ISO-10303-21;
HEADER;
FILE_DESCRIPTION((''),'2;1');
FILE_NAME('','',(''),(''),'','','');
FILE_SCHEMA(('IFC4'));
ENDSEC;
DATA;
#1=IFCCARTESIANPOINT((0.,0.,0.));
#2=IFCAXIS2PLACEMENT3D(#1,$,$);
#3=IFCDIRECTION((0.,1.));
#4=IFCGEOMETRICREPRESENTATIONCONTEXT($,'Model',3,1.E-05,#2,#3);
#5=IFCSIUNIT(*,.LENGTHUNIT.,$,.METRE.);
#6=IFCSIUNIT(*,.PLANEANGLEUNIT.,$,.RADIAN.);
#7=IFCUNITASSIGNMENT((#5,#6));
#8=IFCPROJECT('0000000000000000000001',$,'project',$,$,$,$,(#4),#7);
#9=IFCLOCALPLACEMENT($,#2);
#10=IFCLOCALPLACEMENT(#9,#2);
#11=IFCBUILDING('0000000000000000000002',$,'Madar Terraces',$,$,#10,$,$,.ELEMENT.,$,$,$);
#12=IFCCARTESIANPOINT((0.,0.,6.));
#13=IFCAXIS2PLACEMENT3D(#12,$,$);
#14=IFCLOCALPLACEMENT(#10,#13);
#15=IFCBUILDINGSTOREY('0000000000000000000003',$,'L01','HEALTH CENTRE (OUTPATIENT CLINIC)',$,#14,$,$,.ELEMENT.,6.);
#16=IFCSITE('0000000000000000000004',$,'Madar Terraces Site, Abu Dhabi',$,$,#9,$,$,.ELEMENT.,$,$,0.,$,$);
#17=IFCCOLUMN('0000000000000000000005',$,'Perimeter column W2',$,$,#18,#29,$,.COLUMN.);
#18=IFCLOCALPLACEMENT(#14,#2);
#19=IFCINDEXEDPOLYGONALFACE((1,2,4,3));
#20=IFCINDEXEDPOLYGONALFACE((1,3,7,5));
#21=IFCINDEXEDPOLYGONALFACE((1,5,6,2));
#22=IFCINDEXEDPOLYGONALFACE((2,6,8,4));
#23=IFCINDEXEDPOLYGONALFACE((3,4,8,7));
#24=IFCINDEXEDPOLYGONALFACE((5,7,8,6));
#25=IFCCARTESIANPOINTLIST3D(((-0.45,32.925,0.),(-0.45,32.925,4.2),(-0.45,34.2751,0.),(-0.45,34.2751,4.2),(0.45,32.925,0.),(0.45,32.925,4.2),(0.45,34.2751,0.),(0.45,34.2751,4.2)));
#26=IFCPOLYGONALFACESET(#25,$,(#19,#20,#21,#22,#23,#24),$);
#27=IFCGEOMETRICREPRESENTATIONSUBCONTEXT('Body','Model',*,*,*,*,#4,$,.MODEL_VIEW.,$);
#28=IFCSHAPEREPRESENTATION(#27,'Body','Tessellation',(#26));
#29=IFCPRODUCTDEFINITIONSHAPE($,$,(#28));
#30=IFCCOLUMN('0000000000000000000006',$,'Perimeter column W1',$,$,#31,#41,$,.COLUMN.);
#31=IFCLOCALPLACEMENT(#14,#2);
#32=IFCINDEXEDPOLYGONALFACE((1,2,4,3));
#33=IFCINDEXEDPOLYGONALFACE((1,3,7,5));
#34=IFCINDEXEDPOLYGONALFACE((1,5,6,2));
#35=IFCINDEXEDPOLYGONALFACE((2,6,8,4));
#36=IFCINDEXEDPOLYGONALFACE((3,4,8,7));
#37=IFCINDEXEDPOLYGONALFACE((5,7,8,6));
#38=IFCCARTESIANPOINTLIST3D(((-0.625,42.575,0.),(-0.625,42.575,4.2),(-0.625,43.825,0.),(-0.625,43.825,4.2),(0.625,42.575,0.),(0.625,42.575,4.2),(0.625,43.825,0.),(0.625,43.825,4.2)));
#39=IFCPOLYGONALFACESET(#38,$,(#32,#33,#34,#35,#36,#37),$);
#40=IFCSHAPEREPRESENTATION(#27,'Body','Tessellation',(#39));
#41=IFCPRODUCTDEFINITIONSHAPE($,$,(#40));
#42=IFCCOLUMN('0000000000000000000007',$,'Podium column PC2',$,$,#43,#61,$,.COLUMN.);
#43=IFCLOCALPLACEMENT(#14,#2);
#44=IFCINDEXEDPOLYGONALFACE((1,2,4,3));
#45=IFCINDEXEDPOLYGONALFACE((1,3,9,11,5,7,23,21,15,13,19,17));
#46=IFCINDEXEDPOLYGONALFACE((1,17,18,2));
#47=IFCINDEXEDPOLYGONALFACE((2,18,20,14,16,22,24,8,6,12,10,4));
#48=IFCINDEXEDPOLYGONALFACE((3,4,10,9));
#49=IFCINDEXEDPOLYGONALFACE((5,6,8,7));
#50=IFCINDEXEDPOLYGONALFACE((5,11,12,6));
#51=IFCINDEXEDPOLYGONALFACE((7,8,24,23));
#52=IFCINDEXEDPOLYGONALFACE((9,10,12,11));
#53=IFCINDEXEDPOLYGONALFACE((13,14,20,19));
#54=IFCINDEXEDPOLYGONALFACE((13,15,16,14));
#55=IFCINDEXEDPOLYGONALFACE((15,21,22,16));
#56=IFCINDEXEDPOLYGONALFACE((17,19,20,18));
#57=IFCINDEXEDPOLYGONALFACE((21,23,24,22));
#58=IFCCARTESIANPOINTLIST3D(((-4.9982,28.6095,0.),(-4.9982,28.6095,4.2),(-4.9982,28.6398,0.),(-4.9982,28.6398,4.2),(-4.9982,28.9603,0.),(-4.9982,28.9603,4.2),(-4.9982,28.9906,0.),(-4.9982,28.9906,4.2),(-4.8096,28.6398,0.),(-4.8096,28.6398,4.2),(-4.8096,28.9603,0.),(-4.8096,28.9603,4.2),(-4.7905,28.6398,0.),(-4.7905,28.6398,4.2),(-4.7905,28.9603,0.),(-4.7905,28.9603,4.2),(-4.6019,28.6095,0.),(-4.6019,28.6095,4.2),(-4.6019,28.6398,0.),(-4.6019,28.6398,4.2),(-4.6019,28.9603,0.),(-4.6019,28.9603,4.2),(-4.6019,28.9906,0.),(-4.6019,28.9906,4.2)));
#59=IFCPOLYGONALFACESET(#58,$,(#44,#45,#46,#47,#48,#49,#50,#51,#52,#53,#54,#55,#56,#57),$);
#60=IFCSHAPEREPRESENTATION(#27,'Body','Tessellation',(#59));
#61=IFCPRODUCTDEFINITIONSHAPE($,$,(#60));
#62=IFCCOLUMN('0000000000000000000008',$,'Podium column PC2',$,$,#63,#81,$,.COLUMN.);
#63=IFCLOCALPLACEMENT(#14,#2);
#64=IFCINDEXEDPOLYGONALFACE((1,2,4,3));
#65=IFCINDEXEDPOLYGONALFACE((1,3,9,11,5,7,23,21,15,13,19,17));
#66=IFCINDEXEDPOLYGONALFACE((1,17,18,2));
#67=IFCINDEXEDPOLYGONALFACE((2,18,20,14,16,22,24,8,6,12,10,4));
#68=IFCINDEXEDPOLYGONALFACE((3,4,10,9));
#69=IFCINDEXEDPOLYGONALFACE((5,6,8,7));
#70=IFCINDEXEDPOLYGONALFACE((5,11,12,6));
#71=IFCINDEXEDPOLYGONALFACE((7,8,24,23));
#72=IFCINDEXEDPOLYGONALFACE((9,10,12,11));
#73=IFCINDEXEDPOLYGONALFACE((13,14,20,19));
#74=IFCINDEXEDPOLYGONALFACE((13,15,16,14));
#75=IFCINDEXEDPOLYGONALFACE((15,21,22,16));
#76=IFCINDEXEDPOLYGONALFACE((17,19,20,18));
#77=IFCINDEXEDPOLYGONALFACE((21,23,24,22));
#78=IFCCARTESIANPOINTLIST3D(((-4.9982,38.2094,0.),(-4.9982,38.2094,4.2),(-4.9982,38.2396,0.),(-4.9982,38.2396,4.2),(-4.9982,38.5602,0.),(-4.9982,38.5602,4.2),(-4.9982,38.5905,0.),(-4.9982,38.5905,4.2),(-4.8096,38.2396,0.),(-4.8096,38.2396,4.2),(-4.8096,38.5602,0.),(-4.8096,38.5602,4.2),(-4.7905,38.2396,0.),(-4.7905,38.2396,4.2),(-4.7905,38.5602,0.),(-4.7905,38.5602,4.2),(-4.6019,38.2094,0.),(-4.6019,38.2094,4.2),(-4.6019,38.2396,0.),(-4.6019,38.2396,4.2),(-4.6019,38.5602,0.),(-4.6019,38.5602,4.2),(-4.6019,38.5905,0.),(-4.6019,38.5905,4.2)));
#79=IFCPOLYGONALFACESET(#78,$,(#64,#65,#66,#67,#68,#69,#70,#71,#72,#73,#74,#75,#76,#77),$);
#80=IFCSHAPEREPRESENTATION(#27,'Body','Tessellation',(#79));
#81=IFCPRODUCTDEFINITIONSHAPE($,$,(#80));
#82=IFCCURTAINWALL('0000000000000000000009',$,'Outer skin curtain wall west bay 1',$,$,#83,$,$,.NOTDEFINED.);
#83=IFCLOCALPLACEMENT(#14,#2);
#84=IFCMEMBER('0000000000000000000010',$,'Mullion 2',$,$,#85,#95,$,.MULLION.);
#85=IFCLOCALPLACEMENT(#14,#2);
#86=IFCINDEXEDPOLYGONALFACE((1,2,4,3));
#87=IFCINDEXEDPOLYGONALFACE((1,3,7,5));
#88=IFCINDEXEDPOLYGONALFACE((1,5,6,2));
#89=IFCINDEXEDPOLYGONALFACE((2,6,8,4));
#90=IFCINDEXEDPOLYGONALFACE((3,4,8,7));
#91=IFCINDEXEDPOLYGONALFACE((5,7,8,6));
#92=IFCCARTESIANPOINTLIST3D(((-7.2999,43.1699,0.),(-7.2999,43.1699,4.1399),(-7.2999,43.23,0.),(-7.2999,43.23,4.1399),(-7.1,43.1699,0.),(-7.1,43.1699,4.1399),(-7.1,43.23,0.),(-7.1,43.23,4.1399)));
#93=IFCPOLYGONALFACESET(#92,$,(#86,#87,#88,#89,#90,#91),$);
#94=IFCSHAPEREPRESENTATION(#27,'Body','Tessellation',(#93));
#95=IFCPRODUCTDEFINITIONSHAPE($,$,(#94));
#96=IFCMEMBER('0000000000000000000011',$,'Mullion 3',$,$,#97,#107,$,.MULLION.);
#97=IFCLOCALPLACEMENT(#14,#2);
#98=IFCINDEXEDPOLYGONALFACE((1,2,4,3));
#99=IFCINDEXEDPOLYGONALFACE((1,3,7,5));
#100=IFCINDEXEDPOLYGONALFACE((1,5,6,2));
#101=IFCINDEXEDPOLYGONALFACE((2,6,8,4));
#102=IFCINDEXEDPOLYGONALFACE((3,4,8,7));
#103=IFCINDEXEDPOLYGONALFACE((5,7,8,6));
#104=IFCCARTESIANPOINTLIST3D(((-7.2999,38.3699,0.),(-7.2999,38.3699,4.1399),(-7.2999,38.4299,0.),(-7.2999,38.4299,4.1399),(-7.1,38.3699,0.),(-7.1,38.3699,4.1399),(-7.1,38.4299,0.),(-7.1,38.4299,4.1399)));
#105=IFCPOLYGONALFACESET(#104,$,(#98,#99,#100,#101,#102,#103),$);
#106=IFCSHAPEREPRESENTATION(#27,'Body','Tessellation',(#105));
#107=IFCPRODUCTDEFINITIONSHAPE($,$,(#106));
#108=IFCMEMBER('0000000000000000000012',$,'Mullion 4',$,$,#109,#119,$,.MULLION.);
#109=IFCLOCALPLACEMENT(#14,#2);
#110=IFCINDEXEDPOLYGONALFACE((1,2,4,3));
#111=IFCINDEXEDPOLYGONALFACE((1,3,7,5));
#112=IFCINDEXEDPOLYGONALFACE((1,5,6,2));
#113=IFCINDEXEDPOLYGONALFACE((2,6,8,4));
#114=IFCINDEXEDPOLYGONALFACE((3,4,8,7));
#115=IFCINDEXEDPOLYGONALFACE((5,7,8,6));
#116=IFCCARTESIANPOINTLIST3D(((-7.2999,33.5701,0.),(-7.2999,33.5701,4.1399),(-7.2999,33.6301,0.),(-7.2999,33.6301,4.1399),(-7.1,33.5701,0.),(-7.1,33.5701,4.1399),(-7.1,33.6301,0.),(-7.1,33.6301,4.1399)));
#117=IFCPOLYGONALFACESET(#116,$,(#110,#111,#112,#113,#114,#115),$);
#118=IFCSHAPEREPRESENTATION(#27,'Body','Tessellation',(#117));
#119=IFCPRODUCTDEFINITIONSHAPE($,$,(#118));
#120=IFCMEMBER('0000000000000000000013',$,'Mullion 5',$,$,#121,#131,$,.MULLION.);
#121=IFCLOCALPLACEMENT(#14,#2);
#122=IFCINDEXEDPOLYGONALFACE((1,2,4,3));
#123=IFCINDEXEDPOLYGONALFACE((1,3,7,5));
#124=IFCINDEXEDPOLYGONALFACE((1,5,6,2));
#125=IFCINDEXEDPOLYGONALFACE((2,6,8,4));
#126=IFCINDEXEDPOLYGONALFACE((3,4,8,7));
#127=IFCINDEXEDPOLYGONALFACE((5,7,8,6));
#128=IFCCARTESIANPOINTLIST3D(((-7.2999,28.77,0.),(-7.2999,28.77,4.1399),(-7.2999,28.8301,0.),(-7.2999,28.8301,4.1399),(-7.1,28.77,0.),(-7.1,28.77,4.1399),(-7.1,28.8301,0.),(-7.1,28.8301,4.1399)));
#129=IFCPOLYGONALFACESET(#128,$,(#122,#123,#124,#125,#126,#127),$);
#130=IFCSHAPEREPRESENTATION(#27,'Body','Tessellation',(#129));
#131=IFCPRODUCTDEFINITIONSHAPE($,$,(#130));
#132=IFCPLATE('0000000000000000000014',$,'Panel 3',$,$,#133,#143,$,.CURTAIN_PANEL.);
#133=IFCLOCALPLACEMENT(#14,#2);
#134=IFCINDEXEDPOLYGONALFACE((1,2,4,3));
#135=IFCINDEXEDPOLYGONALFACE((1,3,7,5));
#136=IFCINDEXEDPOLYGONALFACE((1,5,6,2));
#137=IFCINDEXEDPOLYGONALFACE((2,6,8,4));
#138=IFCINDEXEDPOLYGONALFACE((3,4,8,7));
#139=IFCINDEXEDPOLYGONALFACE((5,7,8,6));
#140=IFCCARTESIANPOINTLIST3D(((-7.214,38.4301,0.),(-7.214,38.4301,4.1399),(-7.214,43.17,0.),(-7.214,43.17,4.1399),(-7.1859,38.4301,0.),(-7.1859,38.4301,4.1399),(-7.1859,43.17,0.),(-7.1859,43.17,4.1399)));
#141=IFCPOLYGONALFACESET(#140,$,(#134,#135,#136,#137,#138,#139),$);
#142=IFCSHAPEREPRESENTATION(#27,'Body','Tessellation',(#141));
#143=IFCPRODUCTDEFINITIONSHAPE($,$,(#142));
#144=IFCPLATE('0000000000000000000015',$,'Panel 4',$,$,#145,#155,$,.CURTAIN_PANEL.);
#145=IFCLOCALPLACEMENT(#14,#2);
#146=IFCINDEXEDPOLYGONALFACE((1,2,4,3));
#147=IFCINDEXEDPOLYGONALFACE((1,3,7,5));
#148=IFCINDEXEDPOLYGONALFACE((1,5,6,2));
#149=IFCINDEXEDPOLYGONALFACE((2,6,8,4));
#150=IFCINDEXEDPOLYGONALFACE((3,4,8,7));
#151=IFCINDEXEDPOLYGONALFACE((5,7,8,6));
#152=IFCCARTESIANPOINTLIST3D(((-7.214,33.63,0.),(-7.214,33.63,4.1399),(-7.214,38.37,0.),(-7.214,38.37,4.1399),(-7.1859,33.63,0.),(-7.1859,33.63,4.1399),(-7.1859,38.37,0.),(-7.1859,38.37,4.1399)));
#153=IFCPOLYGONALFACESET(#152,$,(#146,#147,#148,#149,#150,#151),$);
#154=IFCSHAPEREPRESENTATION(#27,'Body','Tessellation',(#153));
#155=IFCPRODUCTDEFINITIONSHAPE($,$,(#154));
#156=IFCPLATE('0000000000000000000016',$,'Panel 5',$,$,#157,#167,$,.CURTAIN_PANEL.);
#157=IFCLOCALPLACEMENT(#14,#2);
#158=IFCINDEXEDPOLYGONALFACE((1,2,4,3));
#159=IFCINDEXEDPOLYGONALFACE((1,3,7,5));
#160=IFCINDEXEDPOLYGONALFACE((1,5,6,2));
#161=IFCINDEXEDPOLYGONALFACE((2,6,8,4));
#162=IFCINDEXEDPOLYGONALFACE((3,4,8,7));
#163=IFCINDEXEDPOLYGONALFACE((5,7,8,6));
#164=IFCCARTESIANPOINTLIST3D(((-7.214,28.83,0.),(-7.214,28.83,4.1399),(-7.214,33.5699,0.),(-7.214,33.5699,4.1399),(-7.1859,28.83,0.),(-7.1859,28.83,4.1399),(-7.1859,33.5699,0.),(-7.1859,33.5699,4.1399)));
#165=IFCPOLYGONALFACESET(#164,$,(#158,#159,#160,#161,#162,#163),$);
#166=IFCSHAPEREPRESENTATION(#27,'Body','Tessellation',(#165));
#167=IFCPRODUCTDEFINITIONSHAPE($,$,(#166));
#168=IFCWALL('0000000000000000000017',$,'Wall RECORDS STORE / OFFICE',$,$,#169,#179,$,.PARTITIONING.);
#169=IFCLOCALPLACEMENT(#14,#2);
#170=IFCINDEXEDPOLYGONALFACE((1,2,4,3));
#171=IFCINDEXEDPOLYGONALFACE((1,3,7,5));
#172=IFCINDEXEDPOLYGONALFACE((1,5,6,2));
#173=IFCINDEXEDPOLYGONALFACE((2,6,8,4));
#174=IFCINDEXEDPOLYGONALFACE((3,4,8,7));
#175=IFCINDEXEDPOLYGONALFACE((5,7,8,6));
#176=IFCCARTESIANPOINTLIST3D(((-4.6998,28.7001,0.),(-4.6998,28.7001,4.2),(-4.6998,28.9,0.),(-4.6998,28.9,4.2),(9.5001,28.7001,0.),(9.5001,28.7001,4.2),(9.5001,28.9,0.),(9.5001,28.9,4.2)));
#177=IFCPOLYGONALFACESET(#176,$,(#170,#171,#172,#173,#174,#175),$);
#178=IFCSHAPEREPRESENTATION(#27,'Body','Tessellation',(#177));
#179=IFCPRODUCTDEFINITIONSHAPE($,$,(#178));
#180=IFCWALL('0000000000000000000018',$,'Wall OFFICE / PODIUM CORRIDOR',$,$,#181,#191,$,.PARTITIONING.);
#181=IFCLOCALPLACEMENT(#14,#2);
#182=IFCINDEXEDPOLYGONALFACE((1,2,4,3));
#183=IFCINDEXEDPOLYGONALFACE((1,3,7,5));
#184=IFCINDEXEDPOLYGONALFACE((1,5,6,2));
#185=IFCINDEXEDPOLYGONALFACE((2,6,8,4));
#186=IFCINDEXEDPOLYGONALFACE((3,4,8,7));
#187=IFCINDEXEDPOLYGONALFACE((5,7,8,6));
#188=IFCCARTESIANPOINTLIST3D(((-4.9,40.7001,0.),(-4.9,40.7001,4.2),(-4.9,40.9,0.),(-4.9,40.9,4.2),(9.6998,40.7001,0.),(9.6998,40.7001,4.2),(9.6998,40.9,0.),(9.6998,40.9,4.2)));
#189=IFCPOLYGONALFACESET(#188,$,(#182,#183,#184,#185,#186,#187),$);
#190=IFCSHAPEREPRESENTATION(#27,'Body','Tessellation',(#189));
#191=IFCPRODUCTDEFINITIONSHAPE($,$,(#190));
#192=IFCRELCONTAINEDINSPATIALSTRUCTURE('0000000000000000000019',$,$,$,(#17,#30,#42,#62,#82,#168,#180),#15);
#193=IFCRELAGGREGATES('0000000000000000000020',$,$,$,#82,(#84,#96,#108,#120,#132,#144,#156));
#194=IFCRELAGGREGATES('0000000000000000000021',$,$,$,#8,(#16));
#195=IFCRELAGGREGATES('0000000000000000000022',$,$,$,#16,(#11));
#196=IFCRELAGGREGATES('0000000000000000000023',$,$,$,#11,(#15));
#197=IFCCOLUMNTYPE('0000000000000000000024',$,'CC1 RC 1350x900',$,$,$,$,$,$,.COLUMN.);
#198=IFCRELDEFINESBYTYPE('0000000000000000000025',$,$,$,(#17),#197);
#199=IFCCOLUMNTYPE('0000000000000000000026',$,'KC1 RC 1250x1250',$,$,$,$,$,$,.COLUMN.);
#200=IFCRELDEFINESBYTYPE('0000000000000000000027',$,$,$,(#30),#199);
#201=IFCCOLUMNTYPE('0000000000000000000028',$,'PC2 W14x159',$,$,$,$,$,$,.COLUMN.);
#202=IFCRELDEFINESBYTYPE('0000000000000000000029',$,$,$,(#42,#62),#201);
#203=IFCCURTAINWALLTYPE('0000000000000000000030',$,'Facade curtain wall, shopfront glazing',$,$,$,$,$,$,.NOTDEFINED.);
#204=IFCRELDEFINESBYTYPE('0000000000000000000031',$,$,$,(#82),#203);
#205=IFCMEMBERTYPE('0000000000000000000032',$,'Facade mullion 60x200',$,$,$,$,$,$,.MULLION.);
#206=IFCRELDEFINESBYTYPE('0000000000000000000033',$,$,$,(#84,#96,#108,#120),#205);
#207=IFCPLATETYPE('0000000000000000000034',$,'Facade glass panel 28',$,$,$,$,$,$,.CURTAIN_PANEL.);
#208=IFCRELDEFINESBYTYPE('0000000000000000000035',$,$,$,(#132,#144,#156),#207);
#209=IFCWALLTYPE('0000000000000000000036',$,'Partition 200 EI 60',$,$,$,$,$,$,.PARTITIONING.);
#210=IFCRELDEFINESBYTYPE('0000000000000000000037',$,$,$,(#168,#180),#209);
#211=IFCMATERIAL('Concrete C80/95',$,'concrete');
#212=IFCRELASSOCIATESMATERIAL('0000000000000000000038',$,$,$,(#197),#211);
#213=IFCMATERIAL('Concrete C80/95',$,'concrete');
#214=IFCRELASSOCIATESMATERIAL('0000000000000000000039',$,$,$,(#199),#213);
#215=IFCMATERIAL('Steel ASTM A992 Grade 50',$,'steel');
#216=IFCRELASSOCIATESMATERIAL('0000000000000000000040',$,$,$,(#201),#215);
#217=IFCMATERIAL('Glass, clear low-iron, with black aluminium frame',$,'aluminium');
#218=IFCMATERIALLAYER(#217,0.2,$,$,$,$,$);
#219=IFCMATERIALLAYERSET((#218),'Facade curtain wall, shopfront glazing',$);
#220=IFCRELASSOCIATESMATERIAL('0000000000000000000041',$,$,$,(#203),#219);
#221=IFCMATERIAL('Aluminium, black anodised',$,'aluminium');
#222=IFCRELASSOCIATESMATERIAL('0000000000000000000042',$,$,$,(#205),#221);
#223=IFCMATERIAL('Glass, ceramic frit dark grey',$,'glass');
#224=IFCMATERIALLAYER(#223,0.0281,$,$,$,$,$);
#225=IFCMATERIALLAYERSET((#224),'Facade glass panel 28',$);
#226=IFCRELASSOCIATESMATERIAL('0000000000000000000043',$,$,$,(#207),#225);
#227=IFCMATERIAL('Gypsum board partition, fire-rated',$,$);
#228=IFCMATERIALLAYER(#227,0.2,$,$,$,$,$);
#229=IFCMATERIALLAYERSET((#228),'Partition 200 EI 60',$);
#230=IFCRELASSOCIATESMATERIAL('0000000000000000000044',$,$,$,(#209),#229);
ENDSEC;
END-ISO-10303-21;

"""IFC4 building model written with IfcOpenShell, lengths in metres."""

from ifc_helpers import new_model, si_unit, direction, frame, frame_2d, origin, origin_2d, place, context, subcontext, project, spatial, rectangle, i_section, extrude, material, layer, layer_set, material_profile, profile_set, type_object, element, aggregate, save


model = new_model("IFC4")

# Units and contexts
model_context = context("Model", 3, precision=1e-05, world=origin(), true_north=direction((0.0, 1.0)))
body_context = subcontext(model_context, "Body", "Model", "MODEL_VIEW")
ifc_project = project(units=[si_unit("LENGTHUNIT", "METRE"), si_unit("PLANEANGLEUNIT", "RADIAN")], contexts=[model_context])

# Site, building, storey
site_placement = place(None, origin())
site = spatial("IfcSite", under=ifc_project, at=site_placement, Name="Madar Terraces Site, Abu Dhabi", CompositionType="ELEMENT", RefElevation=0.0)
building_placement = place(site_placement, origin())
building = spatial("IfcBuilding", under=site, at=building_placement, Name="Madar Terraces", CompositionType="ELEMENT")
storey_placement = place(building_placement, frame((0.0, 0.0, 6.0)))
storey = spatial("IfcBuildingStorey", under=building, at=storey_placement, Name="L01", Description="HEALTH CENTRE (OUTPATIENT CLINIC)", CompositionType="ELEMENT", Elevation=6.0)

# Columns
ifc_material_1 = material(Name="Concrete C80/95", Category="concrete")
ifc_material_profile_1 = material_profile(ifc_material_1, rectangle(XDim=1.3501, YDim=0.8999, at=origin_2d()), Name="CC1 RC 1350x900")
ifc_profile_set_1 = profile_set([ifc_material_profile_1], Name="Concrete C80/95")
column_type_1 = type_object("IfcColumnType", Name="CC1 RC 1350x900", PredefinedType="COLUMN", material=ifc_profile_set_1)
column_1_placement = place(storey_placement, frame((0.0, 33.6001, 0.0), z_axis=(0.0, 0.0, 1.0), x_axis=(0.0, 1.0, 0.0)))
element("IfcColumn", 1, at=column_1_placement, inside=storey, type_object=column_type_1, Name="Perimeter column W2", PredefinedType="COLUMN", context=body_context, shape_type="SweptSolid", body=[
    extrude(rectangle(XDim=1.3501, YDim=0.8999, at=origin_2d()), origin(), (0.0, 0.0, 1.0), 4.2),
])
ifc_material_2 = material(Name="Concrete C80/95", Category="concrete")
ifc_material_profile_2 = material_profile(ifc_material_2, rectangle(XDim=1.25, YDim=1.25, at=origin_2d()), Name="KC1 RC 1250x1250")
ifc_profile_set_2 = profile_set([ifc_material_profile_2], Name="Concrete C80/95")
column_type_2 = type_object("IfcColumnType", Name="KC1 RC 1250x1250", PredefinedType="COLUMN", material=ifc_profile_set_2)
column_2_placement = place(storey_placement, frame((0.0, 43.2, 0.0), z_axis=(0.0, 0.0, 1.0), x_axis=(1.0, 0.0, 0.0)))
element("IfcColumn", 2, at=column_2_placement, inside=storey, type_object=column_type_2, Name="Perimeter column W1", PredefinedType="COLUMN", context=body_context, shape_type="SweptSolid", body=[
    extrude(rectangle(XDim=1.25, YDim=1.25, at=origin_2d()), origin(), (0.0, 0.0, 1.0), 4.2),
])
ifc_material_3 = material(Name="Steel ASTM A992 Grade 50", Category="steel")
ifc_material_profile_3 = material_profile(ifc_material_3, i_section(OverallWidth=0.3962, OverallDepth=0.3811, WebThickness=0.019, FlangeThickness=0.0303, at=origin_2d()), Name="W14x159")
ifc_profile_set_3 = profile_set([ifc_material_profile_3], Name="Steel ASTM A992 Grade 50")
column_type_3 = type_object("IfcColumnType", Name="PC2 W14x159", PredefinedType="COLUMN", material=ifc_profile_set_3)
for number, where, z_axis, x_axis, name in (
    (3, (-4.8, 28.8, 0.0), (0.0, 0.0, 1.0), (1.0, 0.0, 0.0), "Podium column PC2"),
    (4, (-4.8, 38.3999, 0.0), (0.0, 0.0, 1.0), (1.0, 0.0, 0.0), "Podium column PC2"),
):
    element("IfcColumn", number, at=place(storey_placement, frame(where, z_axis=z_axis, x_axis=x_axis)), inside=storey, type_object=column_type_3, Name=name, PredefinedType="COLUMN", context=body_context, shape_type="SweptSolid", body=[
        extrude(i_section(OverallWidth=0.3962, OverallDepth=0.3811, WebThickness=0.019, FlangeThickness=0.0303, at=origin_2d()), origin(), (0.0, 0.0, 1.0), 4.2),
    ])

# Curtain wall, members, plates
ifc_material_4 = material(Name="Glass, clear low-iron, with black aluminium frame", Category="aluminium")
ifc_layer_1 = layer(ifc_material_4, 0.2)
ifc_layer_set_1 = layer_set([ifc_layer_1], Name="Facade curtain wall, shopfront glazing")
curtain_wall_type = type_object("IfcCurtainWallType", Name="Facade curtain wall, shopfront glazing", PredefinedType="NOTDEFINED", material=ifc_layer_set_1)
curtain_wall_placement = place(storey_placement, origin())
curtain_wall = element("IfcCurtainWall", 5, at=curtain_wall_placement, inside=storey, type_object=curtain_wall_type, Name="Outer skin curtain wall west bay 1", PredefinedType="NOTDEFINED")
ifc_material_5 = material(Name="Aluminium, black anodised", Category="aluminium")
ifc_material_profile_4 = material_profile(ifc_material_5, rectangle(XDim=0.2, YDim=0.0601, at=origin_2d()), Name="Facade mullion 60x200")
ifc_profile_set_4 = profile_set([ifc_material_profile_4], Name="Aluminium, black anodised")
member_type = type_object("IfcMemberType", Name="Facade mullion 60x200", PredefinedType="MULLION", material=ifc_profile_set_4)
member_1_placement = place(storey_placement, frame((-7.2, 43.2, 0.0), z_axis=(0.0, 0.0, 1.0), x_axis=(1.0, 0.0, 0.0)))
member_1 = element("IfcMember", 6, at=member_1_placement, type_object=member_type, Name="Mullion 2", PredefinedType="MULLION", context=body_context, shape_type="SweptSolid", body=[
    extrude(rectangle(XDim=0.2, YDim=0.0601, at=origin_2d()), origin(), (0.0, 0.0, 1.0), 4.1399),
])
member_2_placement = place(storey_placement, frame((-7.2, 38.3999, 0.0), z_axis=(0.0, 0.0, 1.0), x_axis=(1.0, 0.0, 0.0)))
member_2 = element("IfcMember", 7, at=member_2_placement, type_object=member_type, Name="Mullion 3", PredefinedType="MULLION", context=body_context, shape_type="SweptSolid", body=[
    extrude(rectangle(XDim=0.2, YDim=0.0601, at=origin_2d()), origin(), (0.0, 0.0, 1.0), 4.1399),
])
member_3_placement = place(storey_placement, frame((-7.2, 33.6001, 0.0), z_axis=(0.0, 0.0, 1.0), x_axis=(1.0, 0.0, 0.0)))
member_3 = element("IfcMember", 8, at=member_3_placement, type_object=member_type, Name="Mullion 4", PredefinedType="MULLION", context=body_context, shape_type="SweptSolid", body=[
    extrude(rectangle(XDim=0.2, YDim=0.0601, at=origin_2d()), origin(), (0.0, 0.0, 1.0), 4.1399),
])
member_4_placement = place(storey_placement, frame((-7.2, 28.8, 0.0), z_axis=(0.0, 0.0, 1.0), x_axis=(1.0, 0.0, 0.0)))
member_4 = element("IfcMember", 9, at=member_4_placement, type_object=member_type, Name="Mullion 5", PredefinedType="MULLION", context=body_context, shape_type="SweptSolid", body=[
    extrude(rectangle(XDim=0.2, YDim=0.0601, at=origin_2d()), origin(), (0.0, 0.0, 1.0), 4.1399),
])
ifc_material_6 = material(Name="Glass, ceramic frit dark grey", Category="glass")
ifc_layer_2 = layer(ifc_material_6, 0.0281)
ifc_layer_set_2 = layer_set([ifc_layer_2], Name="Facade glass panel 28")
plate_type = type_object("IfcPlateType", Name="Facade glass panel 28", PredefinedType="CURTAIN_PANEL", material=ifc_layer_set_2)
plate_1_placement = place(storey_placement, frame((-7.2, 40.8, 0.0), z_axis=(0.0, 0.0, 1.0), x_axis=(0.0, -1.0, 0.0)))
plate_1 = element("IfcPlate", 10, at=plate_1_placement, type_object=plate_type, Name="Panel 3", PredefinedType="CURTAIN_PANEL", context=body_context, shape_type="SweptSolid", body=[
    extrude(rectangle(XDim=4.74, YDim=0.0281, at=origin_2d()), origin(), (0.0, 0.0, 1.0), 4.1399),
])
plate_2_placement = place(storey_placement, frame((-7.2, 36.0, 0.0), z_axis=(0.0, 0.0, 1.0), x_axis=(0.0, -1.0, 0.0)))
plate_2 = element("IfcPlate", 11, at=plate_2_placement, type_object=plate_type, Name="Panel 4", PredefinedType="CURTAIN_PANEL", context=body_context, shape_type="SweptSolid", body=[
    extrude(rectangle(XDim=4.74, YDim=0.0281, at=origin_2d()), origin(), (0.0, 0.0, 1.0), 4.1399),
])
plate_3_placement = place(storey_placement, frame((-7.2, 31.2, 0.0), z_axis=(0.0, 0.0, 1.0), x_axis=(0.0, -1.0, 0.0)))
plate_3 = element("IfcPlate", 12, at=plate_3_placement, type_object=plate_type, Name="Panel 5", PredefinedType="CURTAIN_PANEL", context=body_context, shape_type="SweptSolid", body=[
    extrude(rectangle(XDim=4.74, YDim=0.0281, at=origin_2d()), origin(), (0.0, 0.0, 1.0), 4.1399),
])
aggregate(curtain_wall, [member_1, member_2, member_3, member_4, plate_1, plate_2, plate_3])

# Walls
ifc_material_7 = material(Name="Gypsum board partition, fire-rated")
ifc_layer_3 = layer(ifc_material_7, 0.2)
ifc_layer_set_3 = layer_set([ifc_layer_3], Name="Partition 200 EI 60")
wall_type = type_object("IfcWallType", Name="Partition 200 EI 60", PredefinedType="PARTITIONING", material=ifc_layer_set_3)
wall_1_placement = place(storey_placement, frame((-4.7, 28.8, 0.0), z_axis=(0.0, 0.0, 1.0), x_axis=(1.0, 0.0, 0.0)))
element("IfcWall", 13, at=wall_1_placement, inside=storey, type_object=wall_type, Name="Wall RECORDS STORE / OFFICE", PredefinedType="PARTITIONING", context=body_context, shape_type="SweptSolid", body=[
    extrude(rectangle(XDim=14.2, YDim=0.2, at=frame_2d((7.1001, 0.0))), origin(), (0.0, 0.0, 1.0), 4.2),
])
wall_2_placement = place(storey_placement, frame((-4.8999, 40.8, 0.0), z_axis=(0.0, 0.0, 1.0), x_axis=(1.0, 0.0, 0.0)))
element("IfcWall", 14, at=wall_2_placement, inside=storey, type_object=wall_type, Name="Wall OFFICE / PODIUM CORRIDOR", PredefinedType="PARTITIONING", context=body_context, shape_type="SweptSolid", body=[
    extrude(rectangle(XDim=14.5999, YDim=0.2, at=frame_2d((7.2998, 0.0))), origin(), (0.0, 0.0, 1.0), 4.2),
])

save(model, "model.ifc")
